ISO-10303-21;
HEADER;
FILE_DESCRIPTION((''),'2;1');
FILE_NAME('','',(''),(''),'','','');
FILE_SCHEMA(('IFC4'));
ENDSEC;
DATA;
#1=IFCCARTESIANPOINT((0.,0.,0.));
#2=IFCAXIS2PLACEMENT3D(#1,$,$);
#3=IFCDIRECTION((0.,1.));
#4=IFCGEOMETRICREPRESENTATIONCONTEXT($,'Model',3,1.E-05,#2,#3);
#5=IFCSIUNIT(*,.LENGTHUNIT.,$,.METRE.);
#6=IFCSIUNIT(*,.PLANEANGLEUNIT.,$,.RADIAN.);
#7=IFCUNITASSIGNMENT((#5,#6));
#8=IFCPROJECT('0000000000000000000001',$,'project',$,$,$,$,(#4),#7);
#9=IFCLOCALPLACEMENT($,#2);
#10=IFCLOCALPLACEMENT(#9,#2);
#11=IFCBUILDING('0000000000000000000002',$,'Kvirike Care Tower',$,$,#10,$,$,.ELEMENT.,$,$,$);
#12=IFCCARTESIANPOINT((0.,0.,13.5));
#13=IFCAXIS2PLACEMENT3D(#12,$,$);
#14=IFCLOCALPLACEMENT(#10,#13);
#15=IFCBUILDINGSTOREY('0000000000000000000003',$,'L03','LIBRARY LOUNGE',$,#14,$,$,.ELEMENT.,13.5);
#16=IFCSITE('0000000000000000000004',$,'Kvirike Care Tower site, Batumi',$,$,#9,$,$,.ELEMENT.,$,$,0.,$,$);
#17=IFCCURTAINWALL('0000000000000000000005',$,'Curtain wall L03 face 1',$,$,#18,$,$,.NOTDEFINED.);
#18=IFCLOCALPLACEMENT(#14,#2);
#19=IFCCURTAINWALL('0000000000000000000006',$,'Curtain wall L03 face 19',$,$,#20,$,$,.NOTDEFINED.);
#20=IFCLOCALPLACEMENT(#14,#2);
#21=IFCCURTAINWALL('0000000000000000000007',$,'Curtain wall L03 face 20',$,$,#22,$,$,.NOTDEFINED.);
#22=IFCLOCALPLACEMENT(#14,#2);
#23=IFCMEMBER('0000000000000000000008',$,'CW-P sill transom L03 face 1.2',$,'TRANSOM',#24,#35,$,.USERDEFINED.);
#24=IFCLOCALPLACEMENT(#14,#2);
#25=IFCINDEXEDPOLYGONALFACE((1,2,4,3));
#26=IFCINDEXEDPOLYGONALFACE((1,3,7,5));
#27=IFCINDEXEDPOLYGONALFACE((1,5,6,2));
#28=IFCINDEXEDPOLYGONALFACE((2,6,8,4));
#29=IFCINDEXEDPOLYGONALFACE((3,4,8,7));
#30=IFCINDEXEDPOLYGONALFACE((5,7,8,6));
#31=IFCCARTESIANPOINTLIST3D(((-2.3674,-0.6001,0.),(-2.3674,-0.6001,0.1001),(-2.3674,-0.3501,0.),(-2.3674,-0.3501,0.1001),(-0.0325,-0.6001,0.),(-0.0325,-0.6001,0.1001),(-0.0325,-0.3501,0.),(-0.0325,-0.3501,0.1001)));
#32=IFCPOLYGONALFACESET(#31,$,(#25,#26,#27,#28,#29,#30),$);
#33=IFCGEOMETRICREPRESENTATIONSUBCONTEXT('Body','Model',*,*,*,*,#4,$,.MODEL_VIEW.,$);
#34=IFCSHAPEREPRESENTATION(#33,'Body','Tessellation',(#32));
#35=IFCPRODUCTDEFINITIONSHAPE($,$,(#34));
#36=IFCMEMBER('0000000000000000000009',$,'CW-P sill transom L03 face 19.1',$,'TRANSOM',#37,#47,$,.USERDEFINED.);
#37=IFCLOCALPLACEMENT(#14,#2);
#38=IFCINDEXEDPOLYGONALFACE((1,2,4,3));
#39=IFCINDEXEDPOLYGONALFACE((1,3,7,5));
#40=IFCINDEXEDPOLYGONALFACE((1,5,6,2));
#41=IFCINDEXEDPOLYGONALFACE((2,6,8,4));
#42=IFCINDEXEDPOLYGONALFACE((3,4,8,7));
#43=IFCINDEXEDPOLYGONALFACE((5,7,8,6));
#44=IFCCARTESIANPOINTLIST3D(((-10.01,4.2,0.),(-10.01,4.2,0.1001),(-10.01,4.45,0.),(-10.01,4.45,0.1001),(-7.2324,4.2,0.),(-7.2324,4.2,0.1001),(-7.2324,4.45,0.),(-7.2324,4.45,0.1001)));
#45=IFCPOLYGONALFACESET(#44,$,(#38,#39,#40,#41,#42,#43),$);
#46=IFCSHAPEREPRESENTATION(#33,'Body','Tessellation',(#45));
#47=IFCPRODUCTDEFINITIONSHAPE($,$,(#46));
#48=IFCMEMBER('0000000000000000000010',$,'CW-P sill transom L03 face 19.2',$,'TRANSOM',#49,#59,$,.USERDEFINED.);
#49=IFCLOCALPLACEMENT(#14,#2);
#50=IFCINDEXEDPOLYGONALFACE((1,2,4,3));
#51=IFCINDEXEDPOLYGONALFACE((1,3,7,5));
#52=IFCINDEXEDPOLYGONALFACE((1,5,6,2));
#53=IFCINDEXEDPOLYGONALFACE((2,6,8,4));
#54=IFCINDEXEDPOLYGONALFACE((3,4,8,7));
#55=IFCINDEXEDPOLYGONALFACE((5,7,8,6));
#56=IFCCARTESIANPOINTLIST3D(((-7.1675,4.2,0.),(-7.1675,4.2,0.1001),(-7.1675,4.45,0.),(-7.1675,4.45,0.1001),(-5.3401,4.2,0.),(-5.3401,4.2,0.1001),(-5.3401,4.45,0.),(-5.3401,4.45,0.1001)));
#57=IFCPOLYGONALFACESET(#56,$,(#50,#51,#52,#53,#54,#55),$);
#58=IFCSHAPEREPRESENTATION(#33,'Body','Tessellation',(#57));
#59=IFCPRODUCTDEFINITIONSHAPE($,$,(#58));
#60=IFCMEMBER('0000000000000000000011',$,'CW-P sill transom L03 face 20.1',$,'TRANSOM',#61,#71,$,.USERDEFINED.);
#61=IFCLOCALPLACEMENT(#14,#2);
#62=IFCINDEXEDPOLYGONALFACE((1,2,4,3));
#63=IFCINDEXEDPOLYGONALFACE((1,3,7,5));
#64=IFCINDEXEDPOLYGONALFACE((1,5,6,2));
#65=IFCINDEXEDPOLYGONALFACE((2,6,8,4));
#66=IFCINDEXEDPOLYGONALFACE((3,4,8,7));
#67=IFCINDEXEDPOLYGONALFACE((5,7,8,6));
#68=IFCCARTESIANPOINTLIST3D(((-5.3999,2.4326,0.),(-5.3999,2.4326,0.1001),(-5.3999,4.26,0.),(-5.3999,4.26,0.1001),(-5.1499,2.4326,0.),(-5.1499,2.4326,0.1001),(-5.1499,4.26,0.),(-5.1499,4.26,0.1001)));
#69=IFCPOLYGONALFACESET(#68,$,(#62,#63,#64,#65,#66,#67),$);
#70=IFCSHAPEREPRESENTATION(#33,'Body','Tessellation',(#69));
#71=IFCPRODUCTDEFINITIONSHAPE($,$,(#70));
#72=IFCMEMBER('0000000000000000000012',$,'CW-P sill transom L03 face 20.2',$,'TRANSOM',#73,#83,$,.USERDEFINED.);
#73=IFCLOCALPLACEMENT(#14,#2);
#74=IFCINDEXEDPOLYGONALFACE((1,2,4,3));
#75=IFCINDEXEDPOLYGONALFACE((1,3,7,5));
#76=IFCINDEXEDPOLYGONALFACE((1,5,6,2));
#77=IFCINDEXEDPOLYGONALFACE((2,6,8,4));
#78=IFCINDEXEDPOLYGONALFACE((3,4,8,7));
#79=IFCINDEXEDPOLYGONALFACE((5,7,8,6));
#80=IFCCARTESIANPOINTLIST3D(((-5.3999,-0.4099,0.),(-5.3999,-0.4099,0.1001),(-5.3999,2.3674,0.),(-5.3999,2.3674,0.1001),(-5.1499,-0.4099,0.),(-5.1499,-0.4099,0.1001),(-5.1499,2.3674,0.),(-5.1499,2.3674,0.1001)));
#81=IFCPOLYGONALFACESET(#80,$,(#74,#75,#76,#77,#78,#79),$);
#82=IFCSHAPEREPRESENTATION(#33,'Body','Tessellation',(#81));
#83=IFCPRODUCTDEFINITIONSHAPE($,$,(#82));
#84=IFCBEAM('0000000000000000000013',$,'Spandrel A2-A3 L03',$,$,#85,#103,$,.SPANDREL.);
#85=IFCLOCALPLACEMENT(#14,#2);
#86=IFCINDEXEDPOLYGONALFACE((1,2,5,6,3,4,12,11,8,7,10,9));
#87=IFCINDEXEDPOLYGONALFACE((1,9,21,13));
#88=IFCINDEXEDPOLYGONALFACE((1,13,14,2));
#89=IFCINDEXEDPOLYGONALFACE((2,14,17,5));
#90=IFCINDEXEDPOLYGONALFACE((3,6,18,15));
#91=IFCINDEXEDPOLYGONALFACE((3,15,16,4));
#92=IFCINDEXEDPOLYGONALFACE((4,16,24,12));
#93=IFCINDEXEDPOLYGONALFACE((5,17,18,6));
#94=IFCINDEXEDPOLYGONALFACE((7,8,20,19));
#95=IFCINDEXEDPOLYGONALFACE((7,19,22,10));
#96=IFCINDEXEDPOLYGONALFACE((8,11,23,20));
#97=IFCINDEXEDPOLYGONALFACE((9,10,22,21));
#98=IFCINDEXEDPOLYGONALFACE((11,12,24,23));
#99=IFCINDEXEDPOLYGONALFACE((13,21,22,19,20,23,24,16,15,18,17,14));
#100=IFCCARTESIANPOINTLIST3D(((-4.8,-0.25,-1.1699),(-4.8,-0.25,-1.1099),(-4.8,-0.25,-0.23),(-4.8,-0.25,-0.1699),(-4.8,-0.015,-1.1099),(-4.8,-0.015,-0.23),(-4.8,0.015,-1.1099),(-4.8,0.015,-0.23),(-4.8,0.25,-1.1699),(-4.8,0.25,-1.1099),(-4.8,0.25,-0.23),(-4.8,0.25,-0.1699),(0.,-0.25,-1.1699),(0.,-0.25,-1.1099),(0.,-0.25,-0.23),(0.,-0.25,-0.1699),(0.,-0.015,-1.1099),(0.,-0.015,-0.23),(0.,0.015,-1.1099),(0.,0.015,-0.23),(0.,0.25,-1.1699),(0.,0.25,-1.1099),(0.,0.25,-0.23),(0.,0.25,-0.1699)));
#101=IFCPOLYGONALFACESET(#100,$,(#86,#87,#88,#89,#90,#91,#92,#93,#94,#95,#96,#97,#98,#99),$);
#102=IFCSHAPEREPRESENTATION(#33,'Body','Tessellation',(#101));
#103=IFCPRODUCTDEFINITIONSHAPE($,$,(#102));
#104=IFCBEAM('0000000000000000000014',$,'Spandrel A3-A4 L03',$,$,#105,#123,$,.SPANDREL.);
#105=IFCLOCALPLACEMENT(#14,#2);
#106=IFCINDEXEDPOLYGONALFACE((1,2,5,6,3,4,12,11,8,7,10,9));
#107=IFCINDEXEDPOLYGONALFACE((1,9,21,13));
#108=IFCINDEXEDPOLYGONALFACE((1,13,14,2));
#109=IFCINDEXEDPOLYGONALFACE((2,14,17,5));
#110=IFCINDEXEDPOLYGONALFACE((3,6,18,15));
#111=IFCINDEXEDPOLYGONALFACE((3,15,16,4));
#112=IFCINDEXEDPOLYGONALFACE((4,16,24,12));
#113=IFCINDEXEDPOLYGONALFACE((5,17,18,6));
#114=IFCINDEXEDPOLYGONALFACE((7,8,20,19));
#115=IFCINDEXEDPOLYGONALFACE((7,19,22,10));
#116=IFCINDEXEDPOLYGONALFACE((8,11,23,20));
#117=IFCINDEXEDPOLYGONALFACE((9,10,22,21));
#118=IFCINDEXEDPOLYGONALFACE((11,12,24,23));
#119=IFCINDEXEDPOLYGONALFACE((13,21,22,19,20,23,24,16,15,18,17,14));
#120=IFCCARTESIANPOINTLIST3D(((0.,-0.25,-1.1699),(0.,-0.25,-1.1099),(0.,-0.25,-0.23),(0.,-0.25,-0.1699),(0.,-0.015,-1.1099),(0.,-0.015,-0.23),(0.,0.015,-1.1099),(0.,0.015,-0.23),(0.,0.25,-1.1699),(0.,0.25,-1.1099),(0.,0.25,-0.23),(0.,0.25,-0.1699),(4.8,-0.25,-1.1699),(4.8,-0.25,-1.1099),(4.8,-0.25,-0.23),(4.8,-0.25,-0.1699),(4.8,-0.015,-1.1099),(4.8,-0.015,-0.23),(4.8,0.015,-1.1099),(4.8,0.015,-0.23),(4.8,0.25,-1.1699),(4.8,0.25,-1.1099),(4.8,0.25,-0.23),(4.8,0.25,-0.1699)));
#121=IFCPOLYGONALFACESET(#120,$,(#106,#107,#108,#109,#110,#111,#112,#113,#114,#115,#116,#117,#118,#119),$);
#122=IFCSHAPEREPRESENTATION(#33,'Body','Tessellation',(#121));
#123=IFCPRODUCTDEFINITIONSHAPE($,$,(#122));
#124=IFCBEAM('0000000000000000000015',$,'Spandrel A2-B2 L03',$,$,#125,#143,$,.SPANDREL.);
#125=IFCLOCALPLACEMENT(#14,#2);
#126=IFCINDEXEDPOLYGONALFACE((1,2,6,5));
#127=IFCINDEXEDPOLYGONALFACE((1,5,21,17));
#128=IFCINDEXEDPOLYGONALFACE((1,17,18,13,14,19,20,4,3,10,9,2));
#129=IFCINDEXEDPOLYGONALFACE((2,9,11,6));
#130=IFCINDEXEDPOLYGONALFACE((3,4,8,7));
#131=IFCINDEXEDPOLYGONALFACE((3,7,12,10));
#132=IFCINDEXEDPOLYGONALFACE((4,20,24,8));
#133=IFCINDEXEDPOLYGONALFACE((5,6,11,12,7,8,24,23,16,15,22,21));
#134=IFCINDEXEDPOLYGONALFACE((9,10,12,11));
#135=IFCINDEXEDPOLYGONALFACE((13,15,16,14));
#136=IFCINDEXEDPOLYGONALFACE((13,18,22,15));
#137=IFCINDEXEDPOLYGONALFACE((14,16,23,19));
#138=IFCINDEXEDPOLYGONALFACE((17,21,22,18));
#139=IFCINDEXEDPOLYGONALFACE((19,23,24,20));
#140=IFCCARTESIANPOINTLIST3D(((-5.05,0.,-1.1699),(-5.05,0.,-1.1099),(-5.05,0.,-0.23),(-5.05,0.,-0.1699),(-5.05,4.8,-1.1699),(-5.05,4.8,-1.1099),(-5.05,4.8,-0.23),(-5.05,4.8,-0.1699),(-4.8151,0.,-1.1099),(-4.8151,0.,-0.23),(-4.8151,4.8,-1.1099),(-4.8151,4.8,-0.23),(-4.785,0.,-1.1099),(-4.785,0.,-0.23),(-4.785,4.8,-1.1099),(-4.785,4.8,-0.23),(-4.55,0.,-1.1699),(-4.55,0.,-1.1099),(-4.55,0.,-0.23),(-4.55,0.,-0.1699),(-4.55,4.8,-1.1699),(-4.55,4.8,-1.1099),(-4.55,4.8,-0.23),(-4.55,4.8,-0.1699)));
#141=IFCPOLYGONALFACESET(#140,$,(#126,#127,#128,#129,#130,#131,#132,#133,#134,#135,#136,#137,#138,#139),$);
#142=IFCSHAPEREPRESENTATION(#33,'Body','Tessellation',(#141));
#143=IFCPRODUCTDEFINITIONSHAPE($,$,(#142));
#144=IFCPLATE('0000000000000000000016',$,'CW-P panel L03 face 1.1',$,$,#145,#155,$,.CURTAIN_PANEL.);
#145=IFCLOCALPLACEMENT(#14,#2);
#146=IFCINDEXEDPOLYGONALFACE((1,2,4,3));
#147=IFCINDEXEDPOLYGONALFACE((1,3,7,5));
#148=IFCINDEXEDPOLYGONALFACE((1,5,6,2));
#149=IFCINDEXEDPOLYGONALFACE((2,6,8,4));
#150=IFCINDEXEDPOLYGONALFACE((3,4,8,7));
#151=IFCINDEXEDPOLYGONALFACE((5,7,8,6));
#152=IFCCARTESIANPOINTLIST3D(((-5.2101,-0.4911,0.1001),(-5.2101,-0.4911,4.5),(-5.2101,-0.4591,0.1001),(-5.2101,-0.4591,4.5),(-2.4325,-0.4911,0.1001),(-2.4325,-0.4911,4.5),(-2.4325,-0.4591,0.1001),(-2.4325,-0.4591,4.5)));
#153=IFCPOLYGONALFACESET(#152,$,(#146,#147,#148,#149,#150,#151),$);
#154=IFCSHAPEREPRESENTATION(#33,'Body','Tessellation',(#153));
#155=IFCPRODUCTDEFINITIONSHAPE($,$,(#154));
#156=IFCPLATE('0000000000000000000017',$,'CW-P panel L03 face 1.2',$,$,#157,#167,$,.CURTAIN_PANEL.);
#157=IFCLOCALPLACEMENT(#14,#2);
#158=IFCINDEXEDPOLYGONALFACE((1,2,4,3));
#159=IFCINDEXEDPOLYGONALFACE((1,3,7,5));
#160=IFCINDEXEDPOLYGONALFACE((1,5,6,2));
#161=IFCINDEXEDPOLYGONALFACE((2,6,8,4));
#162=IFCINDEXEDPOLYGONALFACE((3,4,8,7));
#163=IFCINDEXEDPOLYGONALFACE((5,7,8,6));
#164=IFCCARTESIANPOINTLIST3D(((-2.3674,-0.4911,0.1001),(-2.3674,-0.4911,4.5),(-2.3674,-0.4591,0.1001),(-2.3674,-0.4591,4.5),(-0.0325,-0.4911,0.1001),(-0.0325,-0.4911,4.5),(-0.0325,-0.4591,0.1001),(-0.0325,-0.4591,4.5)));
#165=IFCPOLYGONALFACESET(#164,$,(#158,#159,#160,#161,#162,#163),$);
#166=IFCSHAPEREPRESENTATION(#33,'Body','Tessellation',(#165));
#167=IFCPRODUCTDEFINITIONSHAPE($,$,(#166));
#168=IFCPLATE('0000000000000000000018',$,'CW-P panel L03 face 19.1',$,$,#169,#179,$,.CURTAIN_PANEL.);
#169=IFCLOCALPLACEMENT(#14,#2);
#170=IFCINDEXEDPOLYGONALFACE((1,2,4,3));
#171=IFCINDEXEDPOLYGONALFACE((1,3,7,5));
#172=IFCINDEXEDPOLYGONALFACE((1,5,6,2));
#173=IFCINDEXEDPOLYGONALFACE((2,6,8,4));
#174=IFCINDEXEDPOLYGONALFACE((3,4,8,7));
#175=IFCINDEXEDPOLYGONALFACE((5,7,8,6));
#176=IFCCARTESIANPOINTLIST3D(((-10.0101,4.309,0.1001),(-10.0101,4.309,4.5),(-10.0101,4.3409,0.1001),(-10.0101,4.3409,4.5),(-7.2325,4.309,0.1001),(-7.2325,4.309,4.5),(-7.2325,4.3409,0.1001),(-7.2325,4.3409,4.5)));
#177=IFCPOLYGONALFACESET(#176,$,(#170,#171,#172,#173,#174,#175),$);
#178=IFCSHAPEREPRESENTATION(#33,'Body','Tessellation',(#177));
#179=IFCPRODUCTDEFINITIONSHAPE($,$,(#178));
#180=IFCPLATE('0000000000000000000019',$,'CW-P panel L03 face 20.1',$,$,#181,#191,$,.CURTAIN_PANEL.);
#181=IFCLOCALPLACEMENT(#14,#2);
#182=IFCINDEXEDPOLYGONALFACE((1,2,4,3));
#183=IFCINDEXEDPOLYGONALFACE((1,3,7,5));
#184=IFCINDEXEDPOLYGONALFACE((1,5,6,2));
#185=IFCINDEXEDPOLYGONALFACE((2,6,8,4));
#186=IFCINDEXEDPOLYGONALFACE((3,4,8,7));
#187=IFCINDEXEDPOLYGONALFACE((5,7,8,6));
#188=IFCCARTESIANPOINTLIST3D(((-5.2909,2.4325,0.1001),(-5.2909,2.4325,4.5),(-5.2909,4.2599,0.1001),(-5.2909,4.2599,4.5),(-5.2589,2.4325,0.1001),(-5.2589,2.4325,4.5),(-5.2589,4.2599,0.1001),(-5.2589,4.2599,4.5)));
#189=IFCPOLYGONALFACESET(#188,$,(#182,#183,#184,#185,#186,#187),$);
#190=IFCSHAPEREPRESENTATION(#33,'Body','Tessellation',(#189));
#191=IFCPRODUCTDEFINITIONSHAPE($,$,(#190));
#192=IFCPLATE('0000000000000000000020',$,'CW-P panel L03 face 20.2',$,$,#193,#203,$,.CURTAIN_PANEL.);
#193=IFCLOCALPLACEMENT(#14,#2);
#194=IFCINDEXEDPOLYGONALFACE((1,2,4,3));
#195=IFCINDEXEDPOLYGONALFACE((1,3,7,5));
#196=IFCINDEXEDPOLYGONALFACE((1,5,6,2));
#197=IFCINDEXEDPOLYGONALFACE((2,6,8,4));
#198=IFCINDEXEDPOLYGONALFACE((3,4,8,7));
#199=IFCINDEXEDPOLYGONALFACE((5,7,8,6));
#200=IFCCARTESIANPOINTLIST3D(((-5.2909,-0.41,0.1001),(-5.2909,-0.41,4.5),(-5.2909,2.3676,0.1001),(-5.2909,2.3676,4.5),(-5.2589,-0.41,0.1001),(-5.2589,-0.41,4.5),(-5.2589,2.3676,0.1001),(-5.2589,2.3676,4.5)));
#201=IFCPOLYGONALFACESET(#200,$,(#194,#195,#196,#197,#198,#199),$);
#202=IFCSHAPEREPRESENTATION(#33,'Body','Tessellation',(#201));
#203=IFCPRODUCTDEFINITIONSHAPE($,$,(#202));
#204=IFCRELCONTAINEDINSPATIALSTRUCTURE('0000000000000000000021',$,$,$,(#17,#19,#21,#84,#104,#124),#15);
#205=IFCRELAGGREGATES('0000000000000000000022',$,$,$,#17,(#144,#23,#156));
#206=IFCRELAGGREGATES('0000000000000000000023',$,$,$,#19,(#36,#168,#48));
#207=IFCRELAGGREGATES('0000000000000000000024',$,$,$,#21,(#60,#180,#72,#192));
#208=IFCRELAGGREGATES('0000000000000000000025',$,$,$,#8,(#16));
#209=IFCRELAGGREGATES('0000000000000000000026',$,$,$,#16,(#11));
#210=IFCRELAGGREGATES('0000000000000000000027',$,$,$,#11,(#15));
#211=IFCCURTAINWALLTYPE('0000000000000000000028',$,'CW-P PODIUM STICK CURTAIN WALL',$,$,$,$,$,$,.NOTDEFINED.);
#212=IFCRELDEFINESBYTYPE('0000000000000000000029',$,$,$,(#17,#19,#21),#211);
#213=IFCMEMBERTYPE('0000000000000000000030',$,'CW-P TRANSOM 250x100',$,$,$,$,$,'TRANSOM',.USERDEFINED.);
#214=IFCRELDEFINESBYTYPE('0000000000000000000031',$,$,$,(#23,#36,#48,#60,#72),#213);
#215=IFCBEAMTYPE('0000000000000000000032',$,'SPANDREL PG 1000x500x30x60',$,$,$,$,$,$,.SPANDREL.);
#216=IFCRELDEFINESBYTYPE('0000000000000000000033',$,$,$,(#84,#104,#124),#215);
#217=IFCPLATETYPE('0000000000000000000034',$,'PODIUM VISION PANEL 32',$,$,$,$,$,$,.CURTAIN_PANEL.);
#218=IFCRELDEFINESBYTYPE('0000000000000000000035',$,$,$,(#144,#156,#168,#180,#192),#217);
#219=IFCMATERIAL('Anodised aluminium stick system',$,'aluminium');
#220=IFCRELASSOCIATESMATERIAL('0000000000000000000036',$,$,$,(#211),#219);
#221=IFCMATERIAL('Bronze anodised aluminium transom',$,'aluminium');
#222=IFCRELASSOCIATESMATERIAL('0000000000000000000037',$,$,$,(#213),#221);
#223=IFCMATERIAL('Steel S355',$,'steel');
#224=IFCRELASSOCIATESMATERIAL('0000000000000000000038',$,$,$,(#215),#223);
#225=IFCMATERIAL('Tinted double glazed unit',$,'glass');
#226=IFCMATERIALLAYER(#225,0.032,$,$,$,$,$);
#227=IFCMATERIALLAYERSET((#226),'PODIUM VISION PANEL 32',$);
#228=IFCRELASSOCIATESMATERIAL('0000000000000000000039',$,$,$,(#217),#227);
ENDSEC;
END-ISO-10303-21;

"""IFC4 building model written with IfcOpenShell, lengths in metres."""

from ifc_helpers import new_model, si_unit, direction, frame, origin, origin_2d, place, context, subcontext, project, spatial, rectangle, i_section, extrude, material, layer, layer_set, material_profile, profile_set, type_object, element, aggregate, save


model = new_model("IFC4")

# Units and contexts
model_context = context("Model", 3, precision=1e-05, world=origin(), true_north=direction((0.0, 1.0)))
body_context = subcontext(model_context, "Body", "Model", "MODEL_VIEW")
ifc_project = project(units=[si_unit("LENGTHUNIT", "METRE"), si_unit("PLANEANGLEUNIT", "RADIAN")], contexts=[model_context])

# Site, building, storey
site_placement = place(None, origin())
site = spatial("IfcSite", under=ifc_project, at=site_placement, Name="Kvirike Care Tower site, Batumi", CompositionType="ELEMENT", RefElevation=0.0)
building_placement = place(site_placement, origin())
building = spatial("IfcBuilding", under=site, at=building_placement, Name="Kvirike Care Tower", CompositionType="ELEMENT")
storey_placement = place(building_placement, frame((0.0, 0.0, 13.5)))
storey = spatial("IfcBuildingStorey", under=building, at=storey_placement, Name="L03", Description="LIBRARY LOUNGE", CompositionType="ELEMENT", Elevation=13.5)

# Curtain walls
ifc_material_1 = material(Name="Anodised aluminium stick system", Category="aluminium")
curtain_wall_type = type_object("IfcCurtainWallType", Name="CW-P PODIUM STICK CURTAIN WALL", PredefinedType="NOTDEFINED", material=ifc_material_1)
curtain_wall_1_placement = place(storey_placement, origin())
curtain_wall_1 = element("IfcCurtainWall", 1, at=curtain_wall_1_placement, inside=storey, type_object=curtain_wall_type, Name="Curtain wall L03 face 1", PredefinedType="NOTDEFINED")
curtain_wall_2_placement = place(storey_placement, origin())
curtain_wall_2 = element("IfcCurtainWall", 2, at=curtain_wall_2_placement, inside=storey, type_object=curtain_wall_type, Name="Curtain wall L03 face 19", PredefinedType="NOTDEFINED")
curtain_wall_3_placement = place(storey_placement, origin())
curtain_wall_3 = element("IfcCurtainWall", 3, at=curtain_wall_3_placement, inside=storey, type_object=curtain_wall_type, Name="Curtain wall L03 face 20", PredefinedType="NOTDEFINED")

# Members
ifc_material_2 = material(Name="Bronze anodised aluminium transom", Category="aluminium")
ifc_material_profile_1 = material_profile(ifc_material_2, rectangle(XDim=0.25, YDim=0.1001, at=origin_2d()), Name="CW-P TRANSOM 250x100")
ifc_profile_set_1 = profile_set([ifc_material_profile_1], Name="Bronze anodised aluminium transom")
member_type_1 = type_object("IfcMemberType", Name="CW-P TRANSOM 250x100", ElementType="TRANSOM", PredefinedType="USERDEFINED", material=ifc_profile_set_1)
member_1_placement = place(storey_placement, frame((-2.3674, -0.4751, 0.05), z_axis=(1.0, 0.0, 0.0), x_axis=(0.0, 1.0, 0.0)))
member_1 = element("IfcMember", 4, at=member_1_placement, type_object=member_type_1, Name="CW-P sill transom L03 face 1.2", ObjectType="TRANSOM", PredefinedType="USERDEFINED", context=body_context, shape_type="SweptSolid", body=[
    extrude(rectangle(XDim=0.25, YDim=0.1001, at=origin_2d()), origin(), (0.0, 0.0, 1.0), 2.335),
])
member_2_placement = place(storey_placement, frame((-10.01, 4.325, 0.05), z_axis=(1.0, 0.0, 0.0), x_axis=(0.0, 1.0, 0.0)))
member_2 = element("IfcMember", 5, at=member_2_placement, type_object=member_type_1, Name="CW-P sill transom L03 face 19.1", ObjectType="TRANSOM", PredefinedType="USERDEFINED", context=body_context, shape_type="SweptSolid", body=[
    extrude(rectangle(XDim=0.25, YDim=0.1001, at=origin_2d()), origin(), (0.0, 0.0, 1.0), 2.7776),
])
member_3_placement = place(storey_placement, frame((-7.1675, 4.325, 0.05), z_axis=(1.0, 0.0, 0.0), x_axis=(0.0, 1.0, 0.0)))
member_3 = element("IfcMember", 6, at=member_3_placement, type_object=member_type_1, Name="CW-P sill transom L03 face 19.2", ObjectType="TRANSOM", PredefinedType="USERDEFINED", context=body_context, shape_type="SweptSolid", body=[
    extrude(rectangle(XDim=0.25, YDim=0.1001, at=origin_2d()), origin(), (0.0, 0.0, 1.0), 1.8274),
])
member_4_placement = place(storey_placement, frame((-5.2749, 4.26, 0.05), z_axis=(0.0, -1.0, 0.0), x_axis=(1.0, 0.0, 0.0)))
member_4 = element("IfcMember", 7, at=member_4_placement, type_object=member_type_1, Name="CW-P sill transom L03 face 20.1", ObjectType="TRANSOM", PredefinedType="USERDEFINED", context=body_context, shape_type="SweptSolid", body=[
    extrude(rectangle(XDim=0.25, YDim=0.1001, at=origin_2d()), origin(), (0.0, 0.0, 1.0), 1.8274),
])
member_5_placement = place(storey_placement, frame((-5.2749, 2.3674, 0.05), z_axis=(0.0, -1.0, 0.0), x_axis=(1.0, 0.0, 0.0)))
member_5 = element("IfcMember", 8, at=member_5_placement, type_object=member_type_1, Name="CW-P sill transom L03 face 20.2", ObjectType="TRANSOM", PredefinedType="USERDEFINED", context=body_context, shape_type="SweptSolid", body=[
    extrude(rectangle(XDim=0.25, YDim=0.1001, at=origin_2d()), origin(), (0.0, 0.0, 1.0), 2.7773),
])

# Beams
ifc_material_3 = material(Name="Steel S355", Category="steel")
ifc_material_profile_2 = material_profile(ifc_material_3, i_section(OverallWidth=0.5, OverallDepth=1.0, WebThickness=0.03, FlangeThickness=0.0601, at=origin_2d()), Name="PG 1000x500x30x60")
ifc_profile_set_2 = profile_set([ifc_material_profile_2], Name="Steel S355")
beam_type = type_object("IfcBeamType", Name="SPANDREL PG 1000x500x30x60", PredefinedType="SPANDREL", material=ifc_profile_set_2)
for number, where, z_axis, x_axis, name in (
    (9, (-4.8, 0.0, -0.6699), (1.0, 0.0, 0.0), (0.0, 1.0, 0.0), "Spandrel A2-A3 L03"),
    (10, (0.0, 0.0, -0.6699), (1.0, 0.0, 0.0), (0.0, 1.0, 0.0), "Spandrel A3-A4 L03"),
    (11, (-4.8, 0.0, -0.6699), (0.0, 1.0, 0.0), (-1.0, 0.0, 0.0), "Spandrel A2-B2 L03"),
):
    element("IfcBeam", number, at=place(storey_placement, frame(where, z_axis=z_axis, x_axis=x_axis)), inside=storey, type_object=beam_type, Name=name, PredefinedType="SPANDREL", context=body_context, shape_type="SweptSolid", body=[
        extrude(i_section(OverallWidth=0.5, OverallDepth=1.0, WebThickness=0.03, FlangeThickness=0.0601, at=origin_2d()), origin(), (0.0, 0.0, 1.0), 4.8),
    ])

# Plates
ifc_material_4 = material(Name="Tinted double glazed unit", Category="glass")
ifc_layer = layer(ifc_material_4, 0.032)
ifc_layer_set = layer_set([ifc_layer], Name="PODIUM VISION PANEL 32")
plate_type = type_object("IfcPlateType", Name="PODIUM VISION PANEL 32", PredefinedType="CURTAIN_PANEL", material=ifc_layer_set)
plate_1_placement = place(storey_placement, frame((-3.8213, -0.4751, 0.1001), z_axis=(0.0, 0.0, 1.0), x_axis=(1.0, 0.0, 0.0)))
plate_1 = element("IfcPlate", 12, at=plate_1_placement, type_object=plate_type, Name="CW-P panel L03 face 1.1", PredefinedType="CURTAIN_PANEL", context=body_context, shape_type="SweptSolid", body=[
    extrude(rectangle(XDim=2.7776, YDim=0.032, at=origin_2d()), origin(), (0.0, 0.0, 1.0), 4.3999),
])
plate_2_placement = place(storey_placement, frame((-1.2, -0.4751, 0.1001), z_axis=(0.0, 0.0, 1.0), x_axis=(1.0, 0.0, 0.0)))
plate_2 = element("IfcPlate", 13, at=plate_2_placement, type_object=plate_type, Name="CW-P panel L03 face 1.2", PredefinedType="CURTAIN_PANEL", context=body_context, shape_type="SweptSolid", body=[
    extrude(rectangle(XDim=2.335, YDim=0.032, at=origin_2d()), origin(), (0.0, 0.0, 1.0), 4.3999),
])
aggregate(curtain_wall_1, [plate_1, member_1, plate_2])
plate_3_placement = place(storey_placement, frame((-8.6213, 4.325, 0.1001), z_axis=(0.0, 0.0, 1.0), x_axis=(1.0, 0.0, 0.0)))
plate_3 = element("IfcPlate", 14, at=plate_3_placement, type_object=plate_type, Name="CW-P panel L03 face 19.1", PredefinedType="CURTAIN_PANEL", context=body_context, shape_type="SweptSolid", body=[
    extrude(rectangle(XDim=2.7776, YDim=0.032, at=origin_2d()), origin(), (0.0, 0.0, 1.0), 4.3999),
])
aggregate(curtain_wall_2, [member_2, plate_3, member_3])
plate_4_placement = place(storey_placement, frame((-5.2749, 3.3462, 0.1001), z_axis=(0.0, 0.0, 1.0), x_axis=(0.0, -1.0, 0.0)))
plate_4 = element("IfcPlate", 15, at=plate_4_placement, type_object=plate_type, Name="CW-P panel L03 face 20.1", PredefinedType="CURTAIN_PANEL", context=body_context, shape_type="SweptSolid", body=[
    extrude(rectangle(XDim=1.8274, YDim=0.032, at=origin_2d()), origin(), (0.0, 0.0, 1.0), 4.3999),
])
plate_5_placement = place(storey_placement, frame((-5.2749, 0.9788, 0.1001), z_axis=(0.0, 0.0, 1.0), x_axis=(0.0, -1.0, 0.0)))
plate_5 = element("IfcPlate", 16, at=plate_5_placement, type_object=plate_type, Name="CW-P panel L03 face 20.2", PredefinedType="CURTAIN_PANEL", context=body_context, shape_type="SweptSolid", body=[
    extrude(rectangle(XDim=2.7776, YDim=0.032, at=origin_2d()), origin(), (0.0, 0.0, 1.0), 4.3999),
])
aggregate(curtain_wall_3, [member_4, plate_4, member_5, plate_5])

save(model, "model.ifc")
